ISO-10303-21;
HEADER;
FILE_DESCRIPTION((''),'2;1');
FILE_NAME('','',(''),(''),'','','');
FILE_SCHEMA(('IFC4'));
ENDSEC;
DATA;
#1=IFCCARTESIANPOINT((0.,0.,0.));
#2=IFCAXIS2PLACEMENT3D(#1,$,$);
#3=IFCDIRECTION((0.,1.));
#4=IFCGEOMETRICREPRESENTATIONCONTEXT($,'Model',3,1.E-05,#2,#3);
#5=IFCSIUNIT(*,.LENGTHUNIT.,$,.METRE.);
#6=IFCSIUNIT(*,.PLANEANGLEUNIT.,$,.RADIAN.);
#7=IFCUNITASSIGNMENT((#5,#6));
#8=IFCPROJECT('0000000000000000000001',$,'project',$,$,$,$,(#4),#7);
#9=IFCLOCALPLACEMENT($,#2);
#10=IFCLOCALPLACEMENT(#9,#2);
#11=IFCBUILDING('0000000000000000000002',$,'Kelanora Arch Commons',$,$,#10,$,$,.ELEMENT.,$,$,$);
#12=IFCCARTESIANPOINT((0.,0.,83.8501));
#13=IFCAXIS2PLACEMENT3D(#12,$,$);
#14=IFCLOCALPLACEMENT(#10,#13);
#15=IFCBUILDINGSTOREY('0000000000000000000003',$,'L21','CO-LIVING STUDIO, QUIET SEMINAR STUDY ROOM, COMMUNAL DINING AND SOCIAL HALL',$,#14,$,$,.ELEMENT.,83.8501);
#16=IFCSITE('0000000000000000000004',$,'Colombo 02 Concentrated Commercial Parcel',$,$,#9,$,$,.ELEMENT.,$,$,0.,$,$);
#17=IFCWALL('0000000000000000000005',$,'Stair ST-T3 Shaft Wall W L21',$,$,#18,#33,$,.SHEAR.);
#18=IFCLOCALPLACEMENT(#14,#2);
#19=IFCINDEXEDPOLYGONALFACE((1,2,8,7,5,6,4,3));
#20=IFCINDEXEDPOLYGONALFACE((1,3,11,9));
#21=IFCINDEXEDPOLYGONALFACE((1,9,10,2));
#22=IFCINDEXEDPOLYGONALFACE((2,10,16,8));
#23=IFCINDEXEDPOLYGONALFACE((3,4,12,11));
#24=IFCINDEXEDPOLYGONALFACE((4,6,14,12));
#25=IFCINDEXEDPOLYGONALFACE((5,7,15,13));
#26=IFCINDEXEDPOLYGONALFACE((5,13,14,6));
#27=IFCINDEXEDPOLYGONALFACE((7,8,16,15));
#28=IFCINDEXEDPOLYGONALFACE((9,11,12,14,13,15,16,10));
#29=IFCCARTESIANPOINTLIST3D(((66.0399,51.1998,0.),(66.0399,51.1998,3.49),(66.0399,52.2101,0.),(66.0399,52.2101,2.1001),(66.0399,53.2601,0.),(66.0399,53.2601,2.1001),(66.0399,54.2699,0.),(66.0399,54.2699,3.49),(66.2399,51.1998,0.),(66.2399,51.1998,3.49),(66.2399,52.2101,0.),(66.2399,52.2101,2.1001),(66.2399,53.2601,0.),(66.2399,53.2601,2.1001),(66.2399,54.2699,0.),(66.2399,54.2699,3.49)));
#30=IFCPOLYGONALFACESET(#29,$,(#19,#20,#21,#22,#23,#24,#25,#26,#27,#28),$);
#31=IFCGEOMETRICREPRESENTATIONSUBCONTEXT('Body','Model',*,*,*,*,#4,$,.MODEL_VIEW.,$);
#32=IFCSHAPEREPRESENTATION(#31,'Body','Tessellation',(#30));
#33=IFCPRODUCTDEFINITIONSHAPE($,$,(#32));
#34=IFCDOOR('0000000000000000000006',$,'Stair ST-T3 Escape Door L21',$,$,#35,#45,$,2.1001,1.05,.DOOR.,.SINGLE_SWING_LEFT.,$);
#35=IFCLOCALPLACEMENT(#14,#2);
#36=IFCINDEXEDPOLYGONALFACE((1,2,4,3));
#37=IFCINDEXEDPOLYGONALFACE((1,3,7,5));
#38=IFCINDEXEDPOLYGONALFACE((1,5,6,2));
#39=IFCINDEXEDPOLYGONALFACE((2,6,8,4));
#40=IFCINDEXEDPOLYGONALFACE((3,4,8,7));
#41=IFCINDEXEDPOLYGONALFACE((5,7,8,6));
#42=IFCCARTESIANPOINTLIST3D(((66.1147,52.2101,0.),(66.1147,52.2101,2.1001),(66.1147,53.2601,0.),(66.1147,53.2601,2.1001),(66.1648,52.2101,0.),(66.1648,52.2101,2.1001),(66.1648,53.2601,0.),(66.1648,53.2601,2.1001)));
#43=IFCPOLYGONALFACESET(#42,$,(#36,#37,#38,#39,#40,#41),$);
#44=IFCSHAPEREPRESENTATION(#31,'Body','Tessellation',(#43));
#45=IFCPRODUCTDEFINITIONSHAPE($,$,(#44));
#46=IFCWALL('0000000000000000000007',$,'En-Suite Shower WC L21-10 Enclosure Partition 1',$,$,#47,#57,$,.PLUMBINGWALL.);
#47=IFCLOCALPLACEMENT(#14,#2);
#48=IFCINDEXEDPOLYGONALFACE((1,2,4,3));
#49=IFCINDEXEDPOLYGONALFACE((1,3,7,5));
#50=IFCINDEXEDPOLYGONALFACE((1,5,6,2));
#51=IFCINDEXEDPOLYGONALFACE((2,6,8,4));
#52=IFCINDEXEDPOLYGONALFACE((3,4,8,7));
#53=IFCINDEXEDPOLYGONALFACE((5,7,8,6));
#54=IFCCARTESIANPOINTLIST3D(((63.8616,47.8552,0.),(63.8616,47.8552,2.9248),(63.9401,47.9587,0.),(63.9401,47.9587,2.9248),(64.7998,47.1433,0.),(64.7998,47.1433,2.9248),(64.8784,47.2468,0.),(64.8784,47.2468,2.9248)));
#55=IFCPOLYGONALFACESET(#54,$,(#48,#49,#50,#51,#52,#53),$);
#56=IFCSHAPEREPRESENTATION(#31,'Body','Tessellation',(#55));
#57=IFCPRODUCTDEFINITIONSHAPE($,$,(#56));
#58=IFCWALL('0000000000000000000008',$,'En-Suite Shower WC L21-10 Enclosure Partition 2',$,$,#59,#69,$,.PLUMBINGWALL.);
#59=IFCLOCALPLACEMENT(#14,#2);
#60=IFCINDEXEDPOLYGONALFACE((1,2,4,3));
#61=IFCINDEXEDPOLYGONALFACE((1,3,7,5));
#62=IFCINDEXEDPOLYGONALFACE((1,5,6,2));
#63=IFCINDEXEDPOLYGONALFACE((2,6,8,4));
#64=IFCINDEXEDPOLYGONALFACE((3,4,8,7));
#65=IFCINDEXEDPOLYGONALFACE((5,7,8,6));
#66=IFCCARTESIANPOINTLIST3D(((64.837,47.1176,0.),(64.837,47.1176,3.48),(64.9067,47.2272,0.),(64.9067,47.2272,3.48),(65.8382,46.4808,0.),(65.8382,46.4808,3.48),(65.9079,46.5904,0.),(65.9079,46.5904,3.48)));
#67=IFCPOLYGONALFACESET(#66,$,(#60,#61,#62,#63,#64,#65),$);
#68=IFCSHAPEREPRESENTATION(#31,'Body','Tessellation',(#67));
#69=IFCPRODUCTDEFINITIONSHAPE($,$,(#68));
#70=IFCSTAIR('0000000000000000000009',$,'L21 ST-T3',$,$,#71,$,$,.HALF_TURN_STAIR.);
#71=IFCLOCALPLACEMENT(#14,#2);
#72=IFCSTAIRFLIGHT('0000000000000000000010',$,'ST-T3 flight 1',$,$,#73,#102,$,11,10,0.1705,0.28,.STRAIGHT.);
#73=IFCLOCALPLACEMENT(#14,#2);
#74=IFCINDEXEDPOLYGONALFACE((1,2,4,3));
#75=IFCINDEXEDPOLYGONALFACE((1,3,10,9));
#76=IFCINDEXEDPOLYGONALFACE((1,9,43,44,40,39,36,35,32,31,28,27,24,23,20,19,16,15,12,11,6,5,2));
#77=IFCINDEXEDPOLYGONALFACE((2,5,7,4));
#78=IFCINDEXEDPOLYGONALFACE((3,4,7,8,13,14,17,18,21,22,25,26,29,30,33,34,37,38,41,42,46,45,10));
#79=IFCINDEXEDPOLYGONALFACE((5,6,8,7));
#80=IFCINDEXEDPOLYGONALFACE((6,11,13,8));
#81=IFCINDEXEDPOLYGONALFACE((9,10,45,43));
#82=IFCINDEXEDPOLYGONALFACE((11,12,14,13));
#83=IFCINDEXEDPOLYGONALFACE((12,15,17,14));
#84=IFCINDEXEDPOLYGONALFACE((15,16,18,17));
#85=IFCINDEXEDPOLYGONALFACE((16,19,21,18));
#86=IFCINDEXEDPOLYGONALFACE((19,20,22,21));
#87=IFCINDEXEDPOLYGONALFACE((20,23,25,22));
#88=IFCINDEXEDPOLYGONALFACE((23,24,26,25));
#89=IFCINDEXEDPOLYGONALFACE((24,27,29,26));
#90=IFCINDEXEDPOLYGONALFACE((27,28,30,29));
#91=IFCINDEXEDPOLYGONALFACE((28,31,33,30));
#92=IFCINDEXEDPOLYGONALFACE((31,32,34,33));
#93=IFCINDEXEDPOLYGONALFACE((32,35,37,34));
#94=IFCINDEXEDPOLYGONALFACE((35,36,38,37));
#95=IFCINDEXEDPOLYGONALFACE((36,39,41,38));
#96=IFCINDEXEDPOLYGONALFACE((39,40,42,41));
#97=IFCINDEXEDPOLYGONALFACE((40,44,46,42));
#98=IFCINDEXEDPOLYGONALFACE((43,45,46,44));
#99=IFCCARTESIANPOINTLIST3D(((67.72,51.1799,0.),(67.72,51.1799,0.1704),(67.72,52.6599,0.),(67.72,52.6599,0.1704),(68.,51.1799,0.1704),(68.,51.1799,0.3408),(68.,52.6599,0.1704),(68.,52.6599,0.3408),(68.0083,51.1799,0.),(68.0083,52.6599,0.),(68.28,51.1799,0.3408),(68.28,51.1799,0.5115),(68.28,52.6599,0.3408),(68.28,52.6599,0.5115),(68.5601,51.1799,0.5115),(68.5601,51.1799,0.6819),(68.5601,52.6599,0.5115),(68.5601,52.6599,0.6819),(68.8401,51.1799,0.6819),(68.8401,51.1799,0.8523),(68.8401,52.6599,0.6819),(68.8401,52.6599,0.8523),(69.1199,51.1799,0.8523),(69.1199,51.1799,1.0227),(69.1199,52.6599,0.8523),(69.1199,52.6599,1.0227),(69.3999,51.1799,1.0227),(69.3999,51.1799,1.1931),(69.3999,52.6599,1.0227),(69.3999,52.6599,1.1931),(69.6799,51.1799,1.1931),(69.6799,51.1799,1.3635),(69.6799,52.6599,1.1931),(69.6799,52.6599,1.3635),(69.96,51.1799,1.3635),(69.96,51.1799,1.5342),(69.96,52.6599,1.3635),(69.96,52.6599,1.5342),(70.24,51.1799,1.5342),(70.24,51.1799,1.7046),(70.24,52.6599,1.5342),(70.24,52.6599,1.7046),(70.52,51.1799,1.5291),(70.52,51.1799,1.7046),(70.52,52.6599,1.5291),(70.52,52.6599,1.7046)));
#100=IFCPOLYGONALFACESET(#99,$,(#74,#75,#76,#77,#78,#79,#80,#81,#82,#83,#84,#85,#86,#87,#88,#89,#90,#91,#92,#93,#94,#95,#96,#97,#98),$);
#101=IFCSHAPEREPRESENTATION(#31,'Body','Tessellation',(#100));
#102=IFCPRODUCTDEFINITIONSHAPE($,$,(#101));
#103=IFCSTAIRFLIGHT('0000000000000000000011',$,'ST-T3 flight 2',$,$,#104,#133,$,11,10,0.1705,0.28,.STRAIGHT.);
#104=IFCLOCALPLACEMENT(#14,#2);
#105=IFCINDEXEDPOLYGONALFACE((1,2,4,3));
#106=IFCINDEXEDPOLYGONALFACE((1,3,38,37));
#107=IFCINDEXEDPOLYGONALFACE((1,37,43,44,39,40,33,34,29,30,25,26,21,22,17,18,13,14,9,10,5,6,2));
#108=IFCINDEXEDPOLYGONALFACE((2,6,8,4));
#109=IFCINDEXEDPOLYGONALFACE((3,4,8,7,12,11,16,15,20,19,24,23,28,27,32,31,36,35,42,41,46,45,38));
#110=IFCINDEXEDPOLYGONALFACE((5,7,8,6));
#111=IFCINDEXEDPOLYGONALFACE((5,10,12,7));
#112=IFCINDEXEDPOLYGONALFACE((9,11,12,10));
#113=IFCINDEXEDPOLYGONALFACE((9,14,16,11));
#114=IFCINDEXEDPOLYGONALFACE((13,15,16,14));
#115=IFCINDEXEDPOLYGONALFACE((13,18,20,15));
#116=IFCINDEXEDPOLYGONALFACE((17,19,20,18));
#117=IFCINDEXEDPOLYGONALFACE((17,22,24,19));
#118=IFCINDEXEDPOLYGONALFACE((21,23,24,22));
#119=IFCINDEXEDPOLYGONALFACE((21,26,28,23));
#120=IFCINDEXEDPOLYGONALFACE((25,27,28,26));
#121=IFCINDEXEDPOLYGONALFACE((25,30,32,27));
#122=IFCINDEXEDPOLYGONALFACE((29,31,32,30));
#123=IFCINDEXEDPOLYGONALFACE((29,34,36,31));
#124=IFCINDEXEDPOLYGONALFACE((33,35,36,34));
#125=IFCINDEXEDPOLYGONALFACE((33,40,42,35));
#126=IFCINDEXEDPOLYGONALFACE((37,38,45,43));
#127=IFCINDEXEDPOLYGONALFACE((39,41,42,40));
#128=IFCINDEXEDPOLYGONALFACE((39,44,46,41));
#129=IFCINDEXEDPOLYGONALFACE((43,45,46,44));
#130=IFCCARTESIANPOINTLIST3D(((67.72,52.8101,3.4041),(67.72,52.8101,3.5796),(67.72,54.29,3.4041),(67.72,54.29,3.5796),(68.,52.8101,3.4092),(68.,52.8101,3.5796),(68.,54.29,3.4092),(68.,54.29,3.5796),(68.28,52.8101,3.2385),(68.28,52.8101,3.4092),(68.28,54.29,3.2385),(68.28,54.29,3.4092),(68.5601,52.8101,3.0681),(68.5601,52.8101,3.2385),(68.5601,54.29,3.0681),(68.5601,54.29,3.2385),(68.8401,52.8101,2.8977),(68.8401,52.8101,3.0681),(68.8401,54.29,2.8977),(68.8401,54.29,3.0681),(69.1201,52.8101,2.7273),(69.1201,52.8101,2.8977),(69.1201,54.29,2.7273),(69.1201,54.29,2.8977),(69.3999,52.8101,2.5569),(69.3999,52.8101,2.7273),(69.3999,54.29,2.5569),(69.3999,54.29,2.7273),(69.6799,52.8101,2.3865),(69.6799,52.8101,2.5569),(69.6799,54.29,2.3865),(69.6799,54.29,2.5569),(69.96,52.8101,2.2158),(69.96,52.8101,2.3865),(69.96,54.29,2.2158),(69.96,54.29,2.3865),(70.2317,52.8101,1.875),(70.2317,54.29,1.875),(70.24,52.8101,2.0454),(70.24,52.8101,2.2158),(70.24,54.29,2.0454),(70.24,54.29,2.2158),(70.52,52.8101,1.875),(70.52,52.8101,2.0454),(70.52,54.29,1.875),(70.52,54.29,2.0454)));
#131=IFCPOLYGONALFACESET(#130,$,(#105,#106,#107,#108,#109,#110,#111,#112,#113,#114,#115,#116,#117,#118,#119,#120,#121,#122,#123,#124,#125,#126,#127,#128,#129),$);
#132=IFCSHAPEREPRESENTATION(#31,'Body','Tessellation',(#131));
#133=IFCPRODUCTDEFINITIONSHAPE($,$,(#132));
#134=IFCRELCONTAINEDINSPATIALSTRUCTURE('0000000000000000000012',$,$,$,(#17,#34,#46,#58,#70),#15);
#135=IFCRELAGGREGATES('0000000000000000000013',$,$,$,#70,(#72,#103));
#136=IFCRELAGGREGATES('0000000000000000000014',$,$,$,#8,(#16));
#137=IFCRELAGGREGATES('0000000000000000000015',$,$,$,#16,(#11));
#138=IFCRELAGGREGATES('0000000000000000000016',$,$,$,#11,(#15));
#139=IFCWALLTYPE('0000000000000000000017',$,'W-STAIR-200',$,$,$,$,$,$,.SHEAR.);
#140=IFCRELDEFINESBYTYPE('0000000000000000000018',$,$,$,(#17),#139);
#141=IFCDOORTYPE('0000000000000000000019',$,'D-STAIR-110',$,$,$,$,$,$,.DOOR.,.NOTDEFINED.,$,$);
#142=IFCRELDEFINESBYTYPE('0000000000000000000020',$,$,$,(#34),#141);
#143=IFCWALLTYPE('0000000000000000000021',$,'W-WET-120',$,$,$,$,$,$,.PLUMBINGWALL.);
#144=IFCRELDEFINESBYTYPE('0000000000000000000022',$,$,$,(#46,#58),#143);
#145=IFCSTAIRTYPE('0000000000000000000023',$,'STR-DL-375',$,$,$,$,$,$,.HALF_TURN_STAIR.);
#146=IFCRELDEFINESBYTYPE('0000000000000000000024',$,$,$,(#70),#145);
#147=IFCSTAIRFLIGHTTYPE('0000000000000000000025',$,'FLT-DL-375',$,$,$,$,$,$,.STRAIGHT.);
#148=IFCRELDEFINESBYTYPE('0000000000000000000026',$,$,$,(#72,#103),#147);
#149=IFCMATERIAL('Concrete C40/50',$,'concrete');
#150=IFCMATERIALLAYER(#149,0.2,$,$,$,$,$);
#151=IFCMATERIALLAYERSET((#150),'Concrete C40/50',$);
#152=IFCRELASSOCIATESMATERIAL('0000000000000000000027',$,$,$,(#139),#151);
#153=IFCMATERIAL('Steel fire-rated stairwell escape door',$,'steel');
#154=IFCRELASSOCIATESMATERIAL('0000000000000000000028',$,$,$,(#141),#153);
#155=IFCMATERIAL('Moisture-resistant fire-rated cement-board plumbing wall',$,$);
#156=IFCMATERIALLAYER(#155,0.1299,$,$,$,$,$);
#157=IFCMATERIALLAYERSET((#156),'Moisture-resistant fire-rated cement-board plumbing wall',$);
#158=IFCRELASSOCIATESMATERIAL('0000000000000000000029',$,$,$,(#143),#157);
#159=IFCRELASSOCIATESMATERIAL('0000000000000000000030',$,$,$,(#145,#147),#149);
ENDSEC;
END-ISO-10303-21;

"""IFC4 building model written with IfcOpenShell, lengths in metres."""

from ifc_helpers import new_model, si_unit, direction, frame, frame_2d, origin, place, context, subcontext, project, spatial, polyline, rectangle, outline, extrude, material, layer, layer_set, type_object, element, fill, aggregate, save


model = new_model("IFC4")

# Units and contexts
model_context = context("Model", 3, precision=1e-05, world=origin(), true_north=direction((0.0, 1.0)))
body_context = subcontext(model_context, "Body", "Model", "MODEL_VIEW")
ifc_project = project(units=[si_unit("LENGTHUNIT", "METRE"), si_unit("PLANEANGLEUNIT", "RADIAN")], contexts=[model_context])

# Site, building, storey
site_placement = place(None, origin())
site = spatial("IfcSite", under=ifc_project, at=site_placement, Name="Colombo 02 Concentrated Commercial Parcel", CompositionType="ELEMENT", RefElevation=0.0)
building_placement = place(site_placement, origin())
building = spatial("IfcBuilding", under=site, at=building_placement, Name="Kelanora Arch Commons", CompositionType="ELEMENT")
storey_placement = place(building_placement, frame((0.0, 0.0, 83.8501)))
storey = spatial("IfcBuildingStorey", under=building, at=storey_placement, Name="L21", Description="CO-LIVING STUDIO, QUIET SEMINAR STUDY ROOM, COMMUNAL DINING AND SOCIAL HALL", CompositionType="ELEMENT", Elevation=83.8501)

# Shared definitions
ifc_material_1 = material(Name="Concrete C40/50", Category="concrete")

# Shared definitions
ifc_layer_1 = layer(ifc_material_1, 0.2)
ifc_layer_set_1 = layer_set([ifc_layer_1], Name="Concrete C40/50")
wall_type_1 = type_object("IfcWallType", Name="W-STAIR-200", PredefinedType="SHEAR", material=ifc_layer_set_1)
ifc_material_2 = material(Name="Steel fire-rated stairwell escape door", Category="steel")
door_type = type_object("IfcDoorType", Name="D-STAIR-110", OperationType="NOTDEFINED", PredefinedType="DOOR", material=ifc_material_2)

# Wall, opening, door
wall_1_placement = place(storey_placement, frame((66.1399, 54.27, 0.0), z_axis=(0.0, 0.0, 1.0), x_axis=(0.0, -1.0, 0.0)))
wall_1 = element("IfcWall", 1, at=wall_1_placement, inside=storey, type_object=wall_type_1, Name="Stair ST-T3 Shaft Wall W L21", PredefinedType="SHEAR", context=body_context, shape_type="SweptSolid", body=[
    extrude(rectangle(XDim=3.0701, YDim=0.2, at=frame_2d((1.5352, 0.0))), origin(), (0.0, 0.0, 1.0), 3.49),
])
opening_1_placement = place(wall_1_placement, frame((1.01, 0.0, 0.0)))
opening_1 = element("IfcOpeningElement", 2, at=opening_1_placement, cuts=wall_1, PredefinedType="OPENING", context=body_context, shape_type="SweptSolid", body=[
    extrude(rectangle(XDim=1.05, YDim=2.1001, at=frame_2d((0.5249, 1.05))), frame((0.0, 0.1099, 0.0), z_axis=(0.0, -1.0, 0.0), x_axis=(1.0, 0.0, 0.0)), (0.0, 0.0, 1.0), 0.22),
])
door_1_placement = place(opening_1_placement, origin())
door_1 = element("IfcDoor", 3, at=door_1_placement, inside=storey, type_object=door_type, Name="Stair ST-T3 Escape Door L21", OperationType="SINGLE_SWING_LEFT", OverallHeight=2.1001, OverallWidth=1.05, PredefinedType="DOOR", context=body_context, shape_type="SweptSolid", body=[
    extrude(rectangle(XDim=1.05, YDim=2.1001, at=frame_2d((0.5249, 1.05))), frame((0.0, 0.0249, 0.0), z_axis=(0.0, -1.0, 0.0), x_axis=(1.0, 0.0, 0.0)), (0.0, 0.0, 1.0), 0.05),
])
fill(opening_1, door_1)

# Walls
ifc_material_3 = material(Name="Moisture-resistant fire-rated cement-board plumbing wall")
ifc_layer_2 = layer(ifc_material_3, 0.1299)
ifc_layer_set_2 = layer_set([ifc_layer_2], Name="Moisture-resistant fire-rated cement-board plumbing wall")
wall_type_2 = type_object("IfcWallType", Name="W-WET-120", PredefinedType="PLUMBINGWALL", material=ifc_layer_set_2)
wall_2_placement = place(storey_placement, frame((63.9009, 47.907, 0.0), z_axis=(0.0, 0.0, 1.0), x_axis=(0.796629, -0.604468, 0.0)))
element("IfcWall", 4, at=wall_2_placement, inside=storey, type_object=wall_type_2, Name="En-Suite Shower WC L21-10 Enclosure Partition 1", PredefinedType="PLUMBINGWALL", context=body_context, shape_type="SweptSolid", body=[
    extrude(rectangle(XDim=1.1777, YDim=0.1299, at=frame_2d((0.5889, 0.0))), origin(), (0.0, 0.0, 1.0), 2.9248),
])
wall_3_placement = place(storey_placement, frame((64.8718, 47.1724, 0.0), z_axis=(0.0, 0.0, 1.0), x_axis=(0.843822, -0.536623, 0.0)))
element("IfcWall", 5, at=wall_3_placement, inside=storey, type_object=wall_type_2, Name="En-Suite Shower WC L21-10 Enclosure Partition 2", PredefinedType="PLUMBINGWALL", context=body_context, shape_type="SweptSolid", body=[
    extrude(rectangle(XDim=1.1865, YDim=0.1299, at=frame_2d((0.5933, 0.0))), origin(), (0.0, 0.0, 1.0), 3.48),
])

# Stair, stair flights
stair_type = type_object("IfcStairType", Name="STR-DL-375", PredefinedType="HALF_TURN_STAIR", material=ifc_material_1)
stair_placement = place(storey_placement, origin())
stair = element("IfcStair", 6, at=stair_placement, inside=storey, type_object=stair_type, Name="L21 ST-T3", PredefinedType="HALF_TURN_STAIR")
stair_flight_type = type_object("IfcStairFlightType", Name="FLT-DL-375", PredefinedType="STRAIGHT", material=ifc_material_1)
stair_flight_1_placement = place(storey_placement, frame((67.72, 51.9199, 0.0), z_axis=(0.0, 0.0, 1.0), x_axis=(1.0, 0.0, 0.0)))
stair_flight_1 = element("IfcStairFlight", 7, at=stair_flight_1_placement, type_object=stair_flight_type, Name="ST-T3 flight 1", NumberOfRisers=11, NumberOfTreads=10, PredefinedType="STRAIGHT", RiserHeight=0.1705, TreadLength=0.28, context=body_context, shape_type="SweptSolid", body=[
    extrude(outline(polyline([(0.0, 0.0), (0.0, 0.1704), (0.28, 0.1704), (0.28, 0.3408), (0.5601, 0.3408), (0.5601, 0.5115), (0.8401, 0.5115), (0.8401, 0.6819), (1.1201, 0.6819), (1.1201, 0.8523), (1.3999, 0.8523), (1.3999, 1.0227), (1.6799, 1.0227), (1.6799, 1.1931), (1.96, 1.1931), (1.96, 1.3635), (2.24, 1.3635), (2.24, 1.5342), (2.52, 1.5342), (2.52, 1.7046), (2.8, 1.7046), (2.8, 1.875), (2.8, 1.5291), (0.2883, 0.0), (0.0, 0.0)])), frame((0.0, 0.74, 0.0), z_axis=(0.0, -1.0, 0.0), x_axis=(1.0, 0.0, 0.0)), (0.0, 0.0, 1.0), 1.48),
])
stair_flight_2_placement = place(storey_placement, frame((70.52, 53.55, 1.875), z_axis=(0.0, 0.0, 1.0), x_axis=(-1.0, 0.0, 0.0)))
stair_flight_2 = element("IfcStairFlight", 8, at=stair_flight_2_placement, type_object=stair_flight_type, Name="ST-T3 flight 2", NumberOfRisers=11, NumberOfTreads=10, PredefinedType="STRAIGHT", RiserHeight=0.1705, TreadLength=0.28, context=body_context, shape_type="SweptSolid", body=[
    extrude(outline(polyline([(0.0, 0.0), (0.0, 0.1704), (0.28, 0.1704), (0.28, 0.3408), (0.5601, 0.3408), (0.5601, 0.5115), (0.8401, 0.5115), (0.8401, 0.6819), (1.1201, 0.6819), (1.1201, 0.8523), (1.3999, 0.8523), (1.3999, 1.0227), (1.6799, 1.0227), (1.6799, 1.1931), (1.96, 1.1931), (1.96, 1.3635), (2.24, 1.3635), (2.24, 1.5342), (2.52, 1.5342), (2.52, 1.7046), (2.8, 1.7046), (2.8, 1.875), (2.8, 1.5291), (0.2883, 0.0), (0.0, 0.0)])), frame((0.0, 0.74, 0.0), z_axis=(0.0, -1.0, 0.0), x_axis=(1.0, 0.0, 0.0)), (0.0, 0.0, 1.0), 1.48),
])
aggregate(stair, [stair_flight_1, stair_flight_2])

save(model, "model.ifc")
